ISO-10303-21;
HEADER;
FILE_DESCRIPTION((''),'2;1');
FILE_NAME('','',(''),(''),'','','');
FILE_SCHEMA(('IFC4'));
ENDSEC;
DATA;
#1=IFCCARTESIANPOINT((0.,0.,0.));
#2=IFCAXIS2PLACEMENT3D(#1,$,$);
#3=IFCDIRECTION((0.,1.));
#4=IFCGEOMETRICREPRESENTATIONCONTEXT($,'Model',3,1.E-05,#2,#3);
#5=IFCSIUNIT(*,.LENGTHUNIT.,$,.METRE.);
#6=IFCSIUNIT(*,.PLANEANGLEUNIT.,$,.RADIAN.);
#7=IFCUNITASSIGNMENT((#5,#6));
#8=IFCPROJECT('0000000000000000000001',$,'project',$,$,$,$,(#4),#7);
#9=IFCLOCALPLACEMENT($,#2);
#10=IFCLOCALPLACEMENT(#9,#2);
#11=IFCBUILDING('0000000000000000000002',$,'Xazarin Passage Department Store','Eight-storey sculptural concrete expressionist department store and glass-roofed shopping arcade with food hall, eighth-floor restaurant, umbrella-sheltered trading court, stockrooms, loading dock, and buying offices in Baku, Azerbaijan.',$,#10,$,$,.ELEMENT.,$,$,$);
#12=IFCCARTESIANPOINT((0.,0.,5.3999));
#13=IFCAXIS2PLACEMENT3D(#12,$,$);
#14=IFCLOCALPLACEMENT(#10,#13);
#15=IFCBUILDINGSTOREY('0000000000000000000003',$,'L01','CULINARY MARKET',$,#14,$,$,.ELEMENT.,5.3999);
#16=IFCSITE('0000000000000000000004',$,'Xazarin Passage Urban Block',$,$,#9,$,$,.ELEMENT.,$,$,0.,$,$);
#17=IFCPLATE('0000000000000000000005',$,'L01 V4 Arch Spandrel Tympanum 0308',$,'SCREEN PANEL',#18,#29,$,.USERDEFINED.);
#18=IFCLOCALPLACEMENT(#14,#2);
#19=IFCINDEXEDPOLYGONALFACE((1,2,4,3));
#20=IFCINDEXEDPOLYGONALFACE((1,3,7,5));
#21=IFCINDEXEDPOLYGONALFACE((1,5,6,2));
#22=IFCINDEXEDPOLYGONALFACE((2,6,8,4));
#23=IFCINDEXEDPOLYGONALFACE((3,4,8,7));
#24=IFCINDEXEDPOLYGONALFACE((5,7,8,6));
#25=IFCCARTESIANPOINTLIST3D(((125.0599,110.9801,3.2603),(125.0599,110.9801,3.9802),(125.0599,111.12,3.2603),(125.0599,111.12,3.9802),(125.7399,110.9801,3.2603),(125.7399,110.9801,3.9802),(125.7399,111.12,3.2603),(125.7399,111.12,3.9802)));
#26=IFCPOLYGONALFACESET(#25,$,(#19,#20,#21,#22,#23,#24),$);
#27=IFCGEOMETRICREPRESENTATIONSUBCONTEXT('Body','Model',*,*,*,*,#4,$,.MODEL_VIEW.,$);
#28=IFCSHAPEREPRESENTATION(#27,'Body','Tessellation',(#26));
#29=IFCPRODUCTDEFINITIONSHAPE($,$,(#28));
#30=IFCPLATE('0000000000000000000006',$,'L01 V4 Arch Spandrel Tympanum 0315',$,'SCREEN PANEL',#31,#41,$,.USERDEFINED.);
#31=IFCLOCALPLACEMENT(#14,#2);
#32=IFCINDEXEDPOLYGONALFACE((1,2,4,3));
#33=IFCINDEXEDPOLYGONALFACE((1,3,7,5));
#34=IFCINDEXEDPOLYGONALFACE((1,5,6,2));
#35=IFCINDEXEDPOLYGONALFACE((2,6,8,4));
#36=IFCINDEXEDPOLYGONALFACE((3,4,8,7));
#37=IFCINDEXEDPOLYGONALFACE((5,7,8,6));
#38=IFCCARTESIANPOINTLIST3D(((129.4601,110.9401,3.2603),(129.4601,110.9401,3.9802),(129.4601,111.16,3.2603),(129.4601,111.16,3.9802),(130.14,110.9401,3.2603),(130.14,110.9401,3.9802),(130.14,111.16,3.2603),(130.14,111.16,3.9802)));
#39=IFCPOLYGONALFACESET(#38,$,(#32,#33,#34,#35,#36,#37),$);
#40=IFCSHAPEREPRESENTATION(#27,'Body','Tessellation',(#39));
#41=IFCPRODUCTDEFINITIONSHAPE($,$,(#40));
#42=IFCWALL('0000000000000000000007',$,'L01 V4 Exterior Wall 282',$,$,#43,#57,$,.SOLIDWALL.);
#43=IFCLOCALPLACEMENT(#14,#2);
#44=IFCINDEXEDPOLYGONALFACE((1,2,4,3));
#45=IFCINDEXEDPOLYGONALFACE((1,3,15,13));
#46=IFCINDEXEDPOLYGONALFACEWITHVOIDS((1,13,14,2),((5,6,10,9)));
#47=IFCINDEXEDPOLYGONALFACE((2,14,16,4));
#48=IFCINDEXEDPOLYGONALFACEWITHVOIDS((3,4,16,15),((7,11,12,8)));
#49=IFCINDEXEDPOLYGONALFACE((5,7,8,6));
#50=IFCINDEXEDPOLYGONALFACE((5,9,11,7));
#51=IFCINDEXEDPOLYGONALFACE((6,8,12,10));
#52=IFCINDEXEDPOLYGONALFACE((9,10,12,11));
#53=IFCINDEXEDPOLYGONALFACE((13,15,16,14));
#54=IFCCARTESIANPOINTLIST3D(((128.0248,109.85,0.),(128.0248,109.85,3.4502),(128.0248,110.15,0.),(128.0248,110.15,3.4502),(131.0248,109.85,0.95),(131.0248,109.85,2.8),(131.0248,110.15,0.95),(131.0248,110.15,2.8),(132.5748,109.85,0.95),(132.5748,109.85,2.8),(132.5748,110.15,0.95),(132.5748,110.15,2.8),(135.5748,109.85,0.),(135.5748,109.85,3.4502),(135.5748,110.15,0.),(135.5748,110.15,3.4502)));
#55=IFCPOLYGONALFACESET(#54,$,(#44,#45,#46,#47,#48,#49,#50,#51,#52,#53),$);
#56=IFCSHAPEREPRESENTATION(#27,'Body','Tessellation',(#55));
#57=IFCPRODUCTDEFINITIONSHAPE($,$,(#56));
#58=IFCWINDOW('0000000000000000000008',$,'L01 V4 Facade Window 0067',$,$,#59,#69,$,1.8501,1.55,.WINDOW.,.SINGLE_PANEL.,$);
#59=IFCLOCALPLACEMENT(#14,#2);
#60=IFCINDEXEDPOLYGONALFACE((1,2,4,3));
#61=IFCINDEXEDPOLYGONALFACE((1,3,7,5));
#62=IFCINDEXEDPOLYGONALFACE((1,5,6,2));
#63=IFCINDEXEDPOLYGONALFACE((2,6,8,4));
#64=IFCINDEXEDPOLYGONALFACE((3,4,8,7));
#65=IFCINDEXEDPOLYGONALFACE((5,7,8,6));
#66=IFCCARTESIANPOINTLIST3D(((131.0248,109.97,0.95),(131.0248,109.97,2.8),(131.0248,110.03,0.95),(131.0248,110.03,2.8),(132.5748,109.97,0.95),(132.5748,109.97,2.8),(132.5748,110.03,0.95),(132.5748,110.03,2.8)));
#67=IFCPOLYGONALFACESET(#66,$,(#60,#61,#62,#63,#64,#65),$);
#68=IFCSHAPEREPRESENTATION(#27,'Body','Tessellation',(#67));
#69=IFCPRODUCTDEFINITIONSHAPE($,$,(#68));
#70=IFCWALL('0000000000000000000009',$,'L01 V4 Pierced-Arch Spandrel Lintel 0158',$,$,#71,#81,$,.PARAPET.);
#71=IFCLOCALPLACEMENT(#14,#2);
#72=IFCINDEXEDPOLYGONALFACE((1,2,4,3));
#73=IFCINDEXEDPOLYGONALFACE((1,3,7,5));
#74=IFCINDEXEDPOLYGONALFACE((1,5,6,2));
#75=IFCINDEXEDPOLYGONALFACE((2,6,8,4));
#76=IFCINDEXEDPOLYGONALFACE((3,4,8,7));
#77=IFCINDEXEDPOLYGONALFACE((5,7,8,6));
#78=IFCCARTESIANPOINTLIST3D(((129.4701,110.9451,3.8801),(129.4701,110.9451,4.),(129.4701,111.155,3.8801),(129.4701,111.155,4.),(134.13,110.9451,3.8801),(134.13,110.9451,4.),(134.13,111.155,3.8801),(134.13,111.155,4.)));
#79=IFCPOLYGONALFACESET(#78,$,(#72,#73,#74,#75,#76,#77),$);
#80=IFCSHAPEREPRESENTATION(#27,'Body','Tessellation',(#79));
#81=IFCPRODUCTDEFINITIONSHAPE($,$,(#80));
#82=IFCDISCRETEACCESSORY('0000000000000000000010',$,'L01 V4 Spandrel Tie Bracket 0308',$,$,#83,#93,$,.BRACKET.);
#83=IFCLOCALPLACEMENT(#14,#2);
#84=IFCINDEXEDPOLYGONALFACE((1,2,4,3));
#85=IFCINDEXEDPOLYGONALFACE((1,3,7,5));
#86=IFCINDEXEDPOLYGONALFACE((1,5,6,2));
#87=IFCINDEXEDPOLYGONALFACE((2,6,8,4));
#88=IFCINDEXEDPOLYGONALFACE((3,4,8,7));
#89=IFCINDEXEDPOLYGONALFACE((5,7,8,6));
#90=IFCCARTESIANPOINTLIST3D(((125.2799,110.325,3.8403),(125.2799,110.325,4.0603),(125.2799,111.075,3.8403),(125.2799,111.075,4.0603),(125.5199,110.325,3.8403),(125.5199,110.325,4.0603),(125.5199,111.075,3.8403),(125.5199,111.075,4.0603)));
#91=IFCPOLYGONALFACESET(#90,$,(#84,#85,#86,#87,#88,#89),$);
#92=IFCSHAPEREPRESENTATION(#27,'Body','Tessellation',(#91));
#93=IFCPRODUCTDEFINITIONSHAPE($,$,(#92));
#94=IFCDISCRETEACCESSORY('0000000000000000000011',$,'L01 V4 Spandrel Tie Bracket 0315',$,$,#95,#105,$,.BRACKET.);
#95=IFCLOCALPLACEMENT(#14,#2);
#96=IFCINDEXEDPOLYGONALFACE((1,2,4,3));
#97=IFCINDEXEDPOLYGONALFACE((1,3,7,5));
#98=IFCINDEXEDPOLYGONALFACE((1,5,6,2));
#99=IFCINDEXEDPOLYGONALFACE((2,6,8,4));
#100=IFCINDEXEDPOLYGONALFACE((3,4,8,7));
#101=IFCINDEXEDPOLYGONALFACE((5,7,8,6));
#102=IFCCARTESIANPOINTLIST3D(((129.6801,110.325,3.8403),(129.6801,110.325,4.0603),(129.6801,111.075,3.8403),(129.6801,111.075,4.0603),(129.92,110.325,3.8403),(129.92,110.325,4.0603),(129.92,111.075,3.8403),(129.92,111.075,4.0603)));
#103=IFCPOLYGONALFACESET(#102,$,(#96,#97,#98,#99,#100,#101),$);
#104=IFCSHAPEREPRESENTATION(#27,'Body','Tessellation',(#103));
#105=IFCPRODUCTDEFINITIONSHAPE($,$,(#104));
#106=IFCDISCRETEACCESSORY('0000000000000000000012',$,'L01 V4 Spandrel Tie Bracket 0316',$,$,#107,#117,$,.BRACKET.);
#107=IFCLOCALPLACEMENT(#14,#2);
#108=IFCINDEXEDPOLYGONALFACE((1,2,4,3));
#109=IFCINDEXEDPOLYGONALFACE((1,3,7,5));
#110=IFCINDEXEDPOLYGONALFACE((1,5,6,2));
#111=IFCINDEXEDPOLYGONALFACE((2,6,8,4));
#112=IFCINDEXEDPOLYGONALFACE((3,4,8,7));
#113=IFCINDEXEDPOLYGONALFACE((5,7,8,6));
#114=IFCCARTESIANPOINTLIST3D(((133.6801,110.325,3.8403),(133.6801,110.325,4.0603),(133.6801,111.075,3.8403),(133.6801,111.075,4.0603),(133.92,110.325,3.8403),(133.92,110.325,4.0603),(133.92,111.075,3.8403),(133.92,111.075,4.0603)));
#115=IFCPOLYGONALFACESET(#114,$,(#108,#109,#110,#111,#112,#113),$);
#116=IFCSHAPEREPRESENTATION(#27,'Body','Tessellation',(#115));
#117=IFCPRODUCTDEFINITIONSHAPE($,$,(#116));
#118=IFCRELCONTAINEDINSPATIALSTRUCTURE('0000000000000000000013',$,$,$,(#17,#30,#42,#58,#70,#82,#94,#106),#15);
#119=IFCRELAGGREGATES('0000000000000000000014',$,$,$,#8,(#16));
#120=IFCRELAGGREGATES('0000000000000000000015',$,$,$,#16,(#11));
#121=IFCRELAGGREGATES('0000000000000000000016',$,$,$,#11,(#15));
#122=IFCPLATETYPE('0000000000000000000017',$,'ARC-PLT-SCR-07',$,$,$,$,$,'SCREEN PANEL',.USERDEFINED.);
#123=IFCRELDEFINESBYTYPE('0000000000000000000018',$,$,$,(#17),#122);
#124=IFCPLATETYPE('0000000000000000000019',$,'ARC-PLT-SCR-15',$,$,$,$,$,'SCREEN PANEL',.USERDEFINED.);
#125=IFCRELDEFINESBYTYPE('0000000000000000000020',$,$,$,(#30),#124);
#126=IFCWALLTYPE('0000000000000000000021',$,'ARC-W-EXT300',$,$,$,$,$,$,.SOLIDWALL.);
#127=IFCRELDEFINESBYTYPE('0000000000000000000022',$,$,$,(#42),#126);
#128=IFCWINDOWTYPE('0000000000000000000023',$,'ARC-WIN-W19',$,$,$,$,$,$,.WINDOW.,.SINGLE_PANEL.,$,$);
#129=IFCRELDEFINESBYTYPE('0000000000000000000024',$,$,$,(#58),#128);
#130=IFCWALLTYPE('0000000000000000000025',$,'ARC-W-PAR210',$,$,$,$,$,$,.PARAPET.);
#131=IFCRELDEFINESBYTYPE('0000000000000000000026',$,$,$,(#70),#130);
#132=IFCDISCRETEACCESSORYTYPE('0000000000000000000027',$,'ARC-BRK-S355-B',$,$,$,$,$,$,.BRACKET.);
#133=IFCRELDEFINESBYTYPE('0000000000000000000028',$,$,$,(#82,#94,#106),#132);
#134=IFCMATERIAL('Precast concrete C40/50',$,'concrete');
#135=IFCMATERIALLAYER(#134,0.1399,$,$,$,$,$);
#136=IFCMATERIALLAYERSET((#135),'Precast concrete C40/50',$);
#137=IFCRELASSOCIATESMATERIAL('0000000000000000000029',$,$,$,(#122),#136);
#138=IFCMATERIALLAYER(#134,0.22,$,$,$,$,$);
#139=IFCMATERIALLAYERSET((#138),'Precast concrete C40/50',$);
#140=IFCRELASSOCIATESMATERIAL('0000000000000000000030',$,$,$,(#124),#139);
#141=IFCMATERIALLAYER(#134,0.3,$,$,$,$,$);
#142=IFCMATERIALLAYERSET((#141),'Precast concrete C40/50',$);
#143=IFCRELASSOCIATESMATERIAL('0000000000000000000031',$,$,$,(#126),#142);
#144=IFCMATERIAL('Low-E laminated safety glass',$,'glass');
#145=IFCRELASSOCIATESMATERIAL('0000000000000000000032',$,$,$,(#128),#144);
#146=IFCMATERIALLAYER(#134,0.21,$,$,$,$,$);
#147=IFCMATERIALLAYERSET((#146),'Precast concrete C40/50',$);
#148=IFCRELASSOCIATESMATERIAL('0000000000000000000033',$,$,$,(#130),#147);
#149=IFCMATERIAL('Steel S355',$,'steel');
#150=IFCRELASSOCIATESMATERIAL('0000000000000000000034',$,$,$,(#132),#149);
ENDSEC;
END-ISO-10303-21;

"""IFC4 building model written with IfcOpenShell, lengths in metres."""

from ifc_helpers import new_model, si_unit, direction, frame, frame_2d, origin, origin_2d, place, context, subcontext, project, spatial, rectangle, extrude, material, layer, layer_set, type_object, element, fill, save


model = new_model("IFC4")

# Units and contexts
model_context = context("Model", 3, precision=1e-05, world=origin(), true_north=direction((0.0, 1.0)))
body_context = subcontext(model_context, "Body", "Model", "MODEL_VIEW")
ifc_project = project(units=[si_unit("LENGTHUNIT", "METRE"), si_unit("PLANEANGLEUNIT", "RADIAN")], contexts=[model_context])

# Site, building, storey
site_placement = place(None, origin())
site = spatial("IfcSite", under=ifc_project, at=site_placement, Name="Xazarin Passage Urban Block", CompositionType="ELEMENT", RefElevation=0.0)
building_placement = place(site_placement, origin())
building = spatial("IfcBuilding", under=site, at=building_placement, Name="Xazarin Passage Department Store", Description="Eight-storey sculptural concrete expressionist department store and glass-roofed shopping arcade with food hall, eighth-floor restaurant, umbrella-sheltered trading court, stockrooms, loading dock, and buying offices in Baku, Azerbaijan.", CompositionType="ELEMENT")
storey_placement = place(building_placement, frame((0.0, 0.0, 5.3999)))
storey = spatial("IfcBuildingStorey", under=building, at=storey_placement, Name="L01", Description="CULINARY MARKET", CompositionType="ELEMENT", Elevation=5.3999)

# Plates
ifc_material_1 = material(Name="Precast concrete C40/50", Category="concrete")
ifc_layer_1 = layer(ifc_material_1, 0.1399)
ifc_layer_set_1 = layer_set([ifc_layer_1], Name="Precast concrete C40/50")
plate_type_1 = type_object("IfcPlateType", Name="ARC-PLT-SCR-07", ElementType="SCREEN PANEL", PredefinedType="USERDEFINED", material=ifc_layer_set_1)
for number, where, z_axis, x_axis, name in (
    (1, (125.3999, 111.05, 3.2603), (0.0, 0.0, 1.0), (1.0, 0.0, 0.0), "L01 V4 Arch Spandrel Tympanum 0308"),
):
    element("IfcPlate", number, at=place(storey_placement, frame(where, z_axis=z_axis, x_axis=x_axis)), inside=storey, type_object=plate_type_1, Name=name, ObjectType="SCREEN PANEL", PredefinedType="USERDEFINED", context=body_context, shape_type="SweptSolid", body=[
        extrude(rectangle(XDim=0.6799, YDim=0.1399, at=origin_2d()), origin(), (0.0, 0.0, 1.0), 0.72),
    ])
ifc_layer_2 = layer(ifc_material_1, 0.22)
ifc_layer_set_2 = layer_set([ifc_layer_2], Name="Precast concrete C40/50")
plate_type_2 = type_object("IfcPlateType", Name="ARC-PLT-SCR-15", ElementType="SCREEN PANEL", PredefinedType="USERDEFINED", material=ifc_layer_set_2)
plate_placement = place(storey_placement, frame((129.8, 111.05, 3.2603), z_axis=(0.0, 0.0, 1.0), x_axis=(1.0, 0.0, 0.0)))
element("IfcPlate", 2, at=plate_placement, inside=storey, type_object=plate_type_2, Name="L01 V4 Arch Spandrel Tympanum 0315", ObjectType="SCREEN PANEL", PredefinedType="USERDEFINED", context=body_context, shape_type="SweptSolid", body=[
    extrude(rectangle(XDim=0.6799, YDim=0.22, at=origin_2d()), origin(), (0.0, 0.0, 1.0), 0.72),
])

# Wall, opening, window
ifc_layer_3 = layer(ifc_material_1, 0.3)
ifc_layer_set_3 = layer_set([ifc_layer_3], Name="Precast concrete C40/50")
wall_type_1 = type_object("IfcWallType", Name="ARC-W-EXT300", PredefinedType="SOLIDWALL", material=ifc_layer_set_3)
wall_1_placement = place(storey_placement, frame((128.0249, 110.0, 0.0), z_axis=(0.0, 0.0, 1.0), x_axis=(1.0, 0.0, 0.0)))
wall_1 = element("IfcWall", 3, at=wall_1_placement, inside=storey, type_object=wall_type_1, Name="L01 V4 Exterior Wall 282", PredefinedType="SOLIDWALL", context=body_context, shape_type="SweptSolid", body=[
    extrude(rectangle(XDim=7.55, YDim=0.3, at=frame_2d((3.7749, 0.0))), origin(), (0.0, 0.0, 1.0), 3.4502),
])
opening_placement = place(wall_1_placement, frame((3.0, 0.0, 0.95)))
opening = element("IfcOpeningElement", 4, at=opening_placement, cuts=wall_1, PredefinedType="OPENING", context=body_context, shape_type="SweptSolid", body=[
    extrude(rectangle(XDim=1.55, YDim=1.8501, at=frame_2d((0.7749, 0.925))), frame((0.0, 0.1599, 0.0), z_axis=(0.0, -1.0, 0.0), x_axis=(1.0, 0.0, 0.0)), (0.0, 0.0, 1.0), 0.3201),
])
ifc_material_2 = material(Name="Low-E laminated safety glass", Category="glass")
window_type = type_object("IfcWindowType", Name="ARC-WIN-W19", PartitioningType="SINGLE_PANEL", PredefinedType="WINDOW", material=ifc_material_2)
window_placement = place(opening_placement, origin())
window = element("IfcWindow", 5, at=window_placement, inside=storey, type_object=window_type, Name="L01 V4 Facade Window 0067", OverallHeight=1.8501, OverallWidth=1.55, PartitioningType="SINGLE_PANEL", PredefinedType="WINDOW", context=body_context, shape_type="SweptSolid", body=[
    extrude(rectangle(XDim=1.55, YDim=1.8501, at=frame_2d((0.7749, 0.925))), frame((0.0, 0.03, 0.0), z_axis=(0.0, -1.0, 0.0), x_axis=(1.0, 0.0, 0.0)), (0.0, 0.0, 1.0), 0.0601),
])
fill(opening, window)

# Wall
ifc_layer_4 = layer(ifc_material_1, 0.21)
ifc_layer_set_4 = layer_set([ifc_layer_4], Name="Precast concrete C40/50")
wall_type_2 = type_object("IfcWallType", Name="ARC-W-PAR210", PredefinedType="PARAPET", material=ifc_layer_set_4)
wall_2_placement = place(storey_placement, frame((129.47, 111.05, 3.8801), z_axis=(0.0, 0.0, 1.0), x_axis=(1.0, 0.0, 0.0)))
element("IfcWall", 6, at=wall_2_placement, inside=storey, type_object=wall_type_2, Name="L01 V4 Pierced-Arch Spandrel Lintel 0158", PredefinedType="PARAPET", context=body_context, shape_type="SweptSolid", body=[
    extrude(rectangle(XDim=4.6599, YDim=0.21, at=frame_2d((2.3301, 0.0))), origin(), (0.0, 0.0, 1.0), 0.1199),
])

# Discrete accessories
ifc_material_3 = material(Name="Steel S355", Category="steel")
discrete_accessory_type = type_object("IfcDiscreteAccessoryType", Name="ARC-BRK-S355-B", PredefinedType="BRACKET", material=ifc_material_3)
for number, where, z_axis, x_axis, name in (
    (7, (125.3999, 110.7, 3.8403), (0.0, 0.0, 1.0), (1.0, 0.0, 0.0), "L01 V4 Spandrel Tie Bracket 0308"),
    (8, (129.8, 110.7, 3.8403), (0.0, 0.0, 1.0), (1.0, 0.0, 0.0), "L01 V4 Spandrel Tie Bracket 0315"),
    (9, (133.8, 110.7, 3.8403), (0.0, 0.0, 1.0), (1.0, 0.0, 0.0), "L01 V4 Spandrel Tie Bracket 0316"),
):
    element("IfcDiscreteAccessory", number, at=place(storey_placement, frame(where, z_axis=z_axis, x_axis=x_axis)), inside=storey, type_object=discrete_accessory_type, Name=name, PredefinedType="BRACKET", context=body_context, shape_type="SweptSolid", body=[
        extrude(rectangle(XDim=0.24, YDim=0.75, at=origin_2d()), origin(), (0.0, 0.0, 1.0), 0.22),
    ])

save(model, "model.ifc")
